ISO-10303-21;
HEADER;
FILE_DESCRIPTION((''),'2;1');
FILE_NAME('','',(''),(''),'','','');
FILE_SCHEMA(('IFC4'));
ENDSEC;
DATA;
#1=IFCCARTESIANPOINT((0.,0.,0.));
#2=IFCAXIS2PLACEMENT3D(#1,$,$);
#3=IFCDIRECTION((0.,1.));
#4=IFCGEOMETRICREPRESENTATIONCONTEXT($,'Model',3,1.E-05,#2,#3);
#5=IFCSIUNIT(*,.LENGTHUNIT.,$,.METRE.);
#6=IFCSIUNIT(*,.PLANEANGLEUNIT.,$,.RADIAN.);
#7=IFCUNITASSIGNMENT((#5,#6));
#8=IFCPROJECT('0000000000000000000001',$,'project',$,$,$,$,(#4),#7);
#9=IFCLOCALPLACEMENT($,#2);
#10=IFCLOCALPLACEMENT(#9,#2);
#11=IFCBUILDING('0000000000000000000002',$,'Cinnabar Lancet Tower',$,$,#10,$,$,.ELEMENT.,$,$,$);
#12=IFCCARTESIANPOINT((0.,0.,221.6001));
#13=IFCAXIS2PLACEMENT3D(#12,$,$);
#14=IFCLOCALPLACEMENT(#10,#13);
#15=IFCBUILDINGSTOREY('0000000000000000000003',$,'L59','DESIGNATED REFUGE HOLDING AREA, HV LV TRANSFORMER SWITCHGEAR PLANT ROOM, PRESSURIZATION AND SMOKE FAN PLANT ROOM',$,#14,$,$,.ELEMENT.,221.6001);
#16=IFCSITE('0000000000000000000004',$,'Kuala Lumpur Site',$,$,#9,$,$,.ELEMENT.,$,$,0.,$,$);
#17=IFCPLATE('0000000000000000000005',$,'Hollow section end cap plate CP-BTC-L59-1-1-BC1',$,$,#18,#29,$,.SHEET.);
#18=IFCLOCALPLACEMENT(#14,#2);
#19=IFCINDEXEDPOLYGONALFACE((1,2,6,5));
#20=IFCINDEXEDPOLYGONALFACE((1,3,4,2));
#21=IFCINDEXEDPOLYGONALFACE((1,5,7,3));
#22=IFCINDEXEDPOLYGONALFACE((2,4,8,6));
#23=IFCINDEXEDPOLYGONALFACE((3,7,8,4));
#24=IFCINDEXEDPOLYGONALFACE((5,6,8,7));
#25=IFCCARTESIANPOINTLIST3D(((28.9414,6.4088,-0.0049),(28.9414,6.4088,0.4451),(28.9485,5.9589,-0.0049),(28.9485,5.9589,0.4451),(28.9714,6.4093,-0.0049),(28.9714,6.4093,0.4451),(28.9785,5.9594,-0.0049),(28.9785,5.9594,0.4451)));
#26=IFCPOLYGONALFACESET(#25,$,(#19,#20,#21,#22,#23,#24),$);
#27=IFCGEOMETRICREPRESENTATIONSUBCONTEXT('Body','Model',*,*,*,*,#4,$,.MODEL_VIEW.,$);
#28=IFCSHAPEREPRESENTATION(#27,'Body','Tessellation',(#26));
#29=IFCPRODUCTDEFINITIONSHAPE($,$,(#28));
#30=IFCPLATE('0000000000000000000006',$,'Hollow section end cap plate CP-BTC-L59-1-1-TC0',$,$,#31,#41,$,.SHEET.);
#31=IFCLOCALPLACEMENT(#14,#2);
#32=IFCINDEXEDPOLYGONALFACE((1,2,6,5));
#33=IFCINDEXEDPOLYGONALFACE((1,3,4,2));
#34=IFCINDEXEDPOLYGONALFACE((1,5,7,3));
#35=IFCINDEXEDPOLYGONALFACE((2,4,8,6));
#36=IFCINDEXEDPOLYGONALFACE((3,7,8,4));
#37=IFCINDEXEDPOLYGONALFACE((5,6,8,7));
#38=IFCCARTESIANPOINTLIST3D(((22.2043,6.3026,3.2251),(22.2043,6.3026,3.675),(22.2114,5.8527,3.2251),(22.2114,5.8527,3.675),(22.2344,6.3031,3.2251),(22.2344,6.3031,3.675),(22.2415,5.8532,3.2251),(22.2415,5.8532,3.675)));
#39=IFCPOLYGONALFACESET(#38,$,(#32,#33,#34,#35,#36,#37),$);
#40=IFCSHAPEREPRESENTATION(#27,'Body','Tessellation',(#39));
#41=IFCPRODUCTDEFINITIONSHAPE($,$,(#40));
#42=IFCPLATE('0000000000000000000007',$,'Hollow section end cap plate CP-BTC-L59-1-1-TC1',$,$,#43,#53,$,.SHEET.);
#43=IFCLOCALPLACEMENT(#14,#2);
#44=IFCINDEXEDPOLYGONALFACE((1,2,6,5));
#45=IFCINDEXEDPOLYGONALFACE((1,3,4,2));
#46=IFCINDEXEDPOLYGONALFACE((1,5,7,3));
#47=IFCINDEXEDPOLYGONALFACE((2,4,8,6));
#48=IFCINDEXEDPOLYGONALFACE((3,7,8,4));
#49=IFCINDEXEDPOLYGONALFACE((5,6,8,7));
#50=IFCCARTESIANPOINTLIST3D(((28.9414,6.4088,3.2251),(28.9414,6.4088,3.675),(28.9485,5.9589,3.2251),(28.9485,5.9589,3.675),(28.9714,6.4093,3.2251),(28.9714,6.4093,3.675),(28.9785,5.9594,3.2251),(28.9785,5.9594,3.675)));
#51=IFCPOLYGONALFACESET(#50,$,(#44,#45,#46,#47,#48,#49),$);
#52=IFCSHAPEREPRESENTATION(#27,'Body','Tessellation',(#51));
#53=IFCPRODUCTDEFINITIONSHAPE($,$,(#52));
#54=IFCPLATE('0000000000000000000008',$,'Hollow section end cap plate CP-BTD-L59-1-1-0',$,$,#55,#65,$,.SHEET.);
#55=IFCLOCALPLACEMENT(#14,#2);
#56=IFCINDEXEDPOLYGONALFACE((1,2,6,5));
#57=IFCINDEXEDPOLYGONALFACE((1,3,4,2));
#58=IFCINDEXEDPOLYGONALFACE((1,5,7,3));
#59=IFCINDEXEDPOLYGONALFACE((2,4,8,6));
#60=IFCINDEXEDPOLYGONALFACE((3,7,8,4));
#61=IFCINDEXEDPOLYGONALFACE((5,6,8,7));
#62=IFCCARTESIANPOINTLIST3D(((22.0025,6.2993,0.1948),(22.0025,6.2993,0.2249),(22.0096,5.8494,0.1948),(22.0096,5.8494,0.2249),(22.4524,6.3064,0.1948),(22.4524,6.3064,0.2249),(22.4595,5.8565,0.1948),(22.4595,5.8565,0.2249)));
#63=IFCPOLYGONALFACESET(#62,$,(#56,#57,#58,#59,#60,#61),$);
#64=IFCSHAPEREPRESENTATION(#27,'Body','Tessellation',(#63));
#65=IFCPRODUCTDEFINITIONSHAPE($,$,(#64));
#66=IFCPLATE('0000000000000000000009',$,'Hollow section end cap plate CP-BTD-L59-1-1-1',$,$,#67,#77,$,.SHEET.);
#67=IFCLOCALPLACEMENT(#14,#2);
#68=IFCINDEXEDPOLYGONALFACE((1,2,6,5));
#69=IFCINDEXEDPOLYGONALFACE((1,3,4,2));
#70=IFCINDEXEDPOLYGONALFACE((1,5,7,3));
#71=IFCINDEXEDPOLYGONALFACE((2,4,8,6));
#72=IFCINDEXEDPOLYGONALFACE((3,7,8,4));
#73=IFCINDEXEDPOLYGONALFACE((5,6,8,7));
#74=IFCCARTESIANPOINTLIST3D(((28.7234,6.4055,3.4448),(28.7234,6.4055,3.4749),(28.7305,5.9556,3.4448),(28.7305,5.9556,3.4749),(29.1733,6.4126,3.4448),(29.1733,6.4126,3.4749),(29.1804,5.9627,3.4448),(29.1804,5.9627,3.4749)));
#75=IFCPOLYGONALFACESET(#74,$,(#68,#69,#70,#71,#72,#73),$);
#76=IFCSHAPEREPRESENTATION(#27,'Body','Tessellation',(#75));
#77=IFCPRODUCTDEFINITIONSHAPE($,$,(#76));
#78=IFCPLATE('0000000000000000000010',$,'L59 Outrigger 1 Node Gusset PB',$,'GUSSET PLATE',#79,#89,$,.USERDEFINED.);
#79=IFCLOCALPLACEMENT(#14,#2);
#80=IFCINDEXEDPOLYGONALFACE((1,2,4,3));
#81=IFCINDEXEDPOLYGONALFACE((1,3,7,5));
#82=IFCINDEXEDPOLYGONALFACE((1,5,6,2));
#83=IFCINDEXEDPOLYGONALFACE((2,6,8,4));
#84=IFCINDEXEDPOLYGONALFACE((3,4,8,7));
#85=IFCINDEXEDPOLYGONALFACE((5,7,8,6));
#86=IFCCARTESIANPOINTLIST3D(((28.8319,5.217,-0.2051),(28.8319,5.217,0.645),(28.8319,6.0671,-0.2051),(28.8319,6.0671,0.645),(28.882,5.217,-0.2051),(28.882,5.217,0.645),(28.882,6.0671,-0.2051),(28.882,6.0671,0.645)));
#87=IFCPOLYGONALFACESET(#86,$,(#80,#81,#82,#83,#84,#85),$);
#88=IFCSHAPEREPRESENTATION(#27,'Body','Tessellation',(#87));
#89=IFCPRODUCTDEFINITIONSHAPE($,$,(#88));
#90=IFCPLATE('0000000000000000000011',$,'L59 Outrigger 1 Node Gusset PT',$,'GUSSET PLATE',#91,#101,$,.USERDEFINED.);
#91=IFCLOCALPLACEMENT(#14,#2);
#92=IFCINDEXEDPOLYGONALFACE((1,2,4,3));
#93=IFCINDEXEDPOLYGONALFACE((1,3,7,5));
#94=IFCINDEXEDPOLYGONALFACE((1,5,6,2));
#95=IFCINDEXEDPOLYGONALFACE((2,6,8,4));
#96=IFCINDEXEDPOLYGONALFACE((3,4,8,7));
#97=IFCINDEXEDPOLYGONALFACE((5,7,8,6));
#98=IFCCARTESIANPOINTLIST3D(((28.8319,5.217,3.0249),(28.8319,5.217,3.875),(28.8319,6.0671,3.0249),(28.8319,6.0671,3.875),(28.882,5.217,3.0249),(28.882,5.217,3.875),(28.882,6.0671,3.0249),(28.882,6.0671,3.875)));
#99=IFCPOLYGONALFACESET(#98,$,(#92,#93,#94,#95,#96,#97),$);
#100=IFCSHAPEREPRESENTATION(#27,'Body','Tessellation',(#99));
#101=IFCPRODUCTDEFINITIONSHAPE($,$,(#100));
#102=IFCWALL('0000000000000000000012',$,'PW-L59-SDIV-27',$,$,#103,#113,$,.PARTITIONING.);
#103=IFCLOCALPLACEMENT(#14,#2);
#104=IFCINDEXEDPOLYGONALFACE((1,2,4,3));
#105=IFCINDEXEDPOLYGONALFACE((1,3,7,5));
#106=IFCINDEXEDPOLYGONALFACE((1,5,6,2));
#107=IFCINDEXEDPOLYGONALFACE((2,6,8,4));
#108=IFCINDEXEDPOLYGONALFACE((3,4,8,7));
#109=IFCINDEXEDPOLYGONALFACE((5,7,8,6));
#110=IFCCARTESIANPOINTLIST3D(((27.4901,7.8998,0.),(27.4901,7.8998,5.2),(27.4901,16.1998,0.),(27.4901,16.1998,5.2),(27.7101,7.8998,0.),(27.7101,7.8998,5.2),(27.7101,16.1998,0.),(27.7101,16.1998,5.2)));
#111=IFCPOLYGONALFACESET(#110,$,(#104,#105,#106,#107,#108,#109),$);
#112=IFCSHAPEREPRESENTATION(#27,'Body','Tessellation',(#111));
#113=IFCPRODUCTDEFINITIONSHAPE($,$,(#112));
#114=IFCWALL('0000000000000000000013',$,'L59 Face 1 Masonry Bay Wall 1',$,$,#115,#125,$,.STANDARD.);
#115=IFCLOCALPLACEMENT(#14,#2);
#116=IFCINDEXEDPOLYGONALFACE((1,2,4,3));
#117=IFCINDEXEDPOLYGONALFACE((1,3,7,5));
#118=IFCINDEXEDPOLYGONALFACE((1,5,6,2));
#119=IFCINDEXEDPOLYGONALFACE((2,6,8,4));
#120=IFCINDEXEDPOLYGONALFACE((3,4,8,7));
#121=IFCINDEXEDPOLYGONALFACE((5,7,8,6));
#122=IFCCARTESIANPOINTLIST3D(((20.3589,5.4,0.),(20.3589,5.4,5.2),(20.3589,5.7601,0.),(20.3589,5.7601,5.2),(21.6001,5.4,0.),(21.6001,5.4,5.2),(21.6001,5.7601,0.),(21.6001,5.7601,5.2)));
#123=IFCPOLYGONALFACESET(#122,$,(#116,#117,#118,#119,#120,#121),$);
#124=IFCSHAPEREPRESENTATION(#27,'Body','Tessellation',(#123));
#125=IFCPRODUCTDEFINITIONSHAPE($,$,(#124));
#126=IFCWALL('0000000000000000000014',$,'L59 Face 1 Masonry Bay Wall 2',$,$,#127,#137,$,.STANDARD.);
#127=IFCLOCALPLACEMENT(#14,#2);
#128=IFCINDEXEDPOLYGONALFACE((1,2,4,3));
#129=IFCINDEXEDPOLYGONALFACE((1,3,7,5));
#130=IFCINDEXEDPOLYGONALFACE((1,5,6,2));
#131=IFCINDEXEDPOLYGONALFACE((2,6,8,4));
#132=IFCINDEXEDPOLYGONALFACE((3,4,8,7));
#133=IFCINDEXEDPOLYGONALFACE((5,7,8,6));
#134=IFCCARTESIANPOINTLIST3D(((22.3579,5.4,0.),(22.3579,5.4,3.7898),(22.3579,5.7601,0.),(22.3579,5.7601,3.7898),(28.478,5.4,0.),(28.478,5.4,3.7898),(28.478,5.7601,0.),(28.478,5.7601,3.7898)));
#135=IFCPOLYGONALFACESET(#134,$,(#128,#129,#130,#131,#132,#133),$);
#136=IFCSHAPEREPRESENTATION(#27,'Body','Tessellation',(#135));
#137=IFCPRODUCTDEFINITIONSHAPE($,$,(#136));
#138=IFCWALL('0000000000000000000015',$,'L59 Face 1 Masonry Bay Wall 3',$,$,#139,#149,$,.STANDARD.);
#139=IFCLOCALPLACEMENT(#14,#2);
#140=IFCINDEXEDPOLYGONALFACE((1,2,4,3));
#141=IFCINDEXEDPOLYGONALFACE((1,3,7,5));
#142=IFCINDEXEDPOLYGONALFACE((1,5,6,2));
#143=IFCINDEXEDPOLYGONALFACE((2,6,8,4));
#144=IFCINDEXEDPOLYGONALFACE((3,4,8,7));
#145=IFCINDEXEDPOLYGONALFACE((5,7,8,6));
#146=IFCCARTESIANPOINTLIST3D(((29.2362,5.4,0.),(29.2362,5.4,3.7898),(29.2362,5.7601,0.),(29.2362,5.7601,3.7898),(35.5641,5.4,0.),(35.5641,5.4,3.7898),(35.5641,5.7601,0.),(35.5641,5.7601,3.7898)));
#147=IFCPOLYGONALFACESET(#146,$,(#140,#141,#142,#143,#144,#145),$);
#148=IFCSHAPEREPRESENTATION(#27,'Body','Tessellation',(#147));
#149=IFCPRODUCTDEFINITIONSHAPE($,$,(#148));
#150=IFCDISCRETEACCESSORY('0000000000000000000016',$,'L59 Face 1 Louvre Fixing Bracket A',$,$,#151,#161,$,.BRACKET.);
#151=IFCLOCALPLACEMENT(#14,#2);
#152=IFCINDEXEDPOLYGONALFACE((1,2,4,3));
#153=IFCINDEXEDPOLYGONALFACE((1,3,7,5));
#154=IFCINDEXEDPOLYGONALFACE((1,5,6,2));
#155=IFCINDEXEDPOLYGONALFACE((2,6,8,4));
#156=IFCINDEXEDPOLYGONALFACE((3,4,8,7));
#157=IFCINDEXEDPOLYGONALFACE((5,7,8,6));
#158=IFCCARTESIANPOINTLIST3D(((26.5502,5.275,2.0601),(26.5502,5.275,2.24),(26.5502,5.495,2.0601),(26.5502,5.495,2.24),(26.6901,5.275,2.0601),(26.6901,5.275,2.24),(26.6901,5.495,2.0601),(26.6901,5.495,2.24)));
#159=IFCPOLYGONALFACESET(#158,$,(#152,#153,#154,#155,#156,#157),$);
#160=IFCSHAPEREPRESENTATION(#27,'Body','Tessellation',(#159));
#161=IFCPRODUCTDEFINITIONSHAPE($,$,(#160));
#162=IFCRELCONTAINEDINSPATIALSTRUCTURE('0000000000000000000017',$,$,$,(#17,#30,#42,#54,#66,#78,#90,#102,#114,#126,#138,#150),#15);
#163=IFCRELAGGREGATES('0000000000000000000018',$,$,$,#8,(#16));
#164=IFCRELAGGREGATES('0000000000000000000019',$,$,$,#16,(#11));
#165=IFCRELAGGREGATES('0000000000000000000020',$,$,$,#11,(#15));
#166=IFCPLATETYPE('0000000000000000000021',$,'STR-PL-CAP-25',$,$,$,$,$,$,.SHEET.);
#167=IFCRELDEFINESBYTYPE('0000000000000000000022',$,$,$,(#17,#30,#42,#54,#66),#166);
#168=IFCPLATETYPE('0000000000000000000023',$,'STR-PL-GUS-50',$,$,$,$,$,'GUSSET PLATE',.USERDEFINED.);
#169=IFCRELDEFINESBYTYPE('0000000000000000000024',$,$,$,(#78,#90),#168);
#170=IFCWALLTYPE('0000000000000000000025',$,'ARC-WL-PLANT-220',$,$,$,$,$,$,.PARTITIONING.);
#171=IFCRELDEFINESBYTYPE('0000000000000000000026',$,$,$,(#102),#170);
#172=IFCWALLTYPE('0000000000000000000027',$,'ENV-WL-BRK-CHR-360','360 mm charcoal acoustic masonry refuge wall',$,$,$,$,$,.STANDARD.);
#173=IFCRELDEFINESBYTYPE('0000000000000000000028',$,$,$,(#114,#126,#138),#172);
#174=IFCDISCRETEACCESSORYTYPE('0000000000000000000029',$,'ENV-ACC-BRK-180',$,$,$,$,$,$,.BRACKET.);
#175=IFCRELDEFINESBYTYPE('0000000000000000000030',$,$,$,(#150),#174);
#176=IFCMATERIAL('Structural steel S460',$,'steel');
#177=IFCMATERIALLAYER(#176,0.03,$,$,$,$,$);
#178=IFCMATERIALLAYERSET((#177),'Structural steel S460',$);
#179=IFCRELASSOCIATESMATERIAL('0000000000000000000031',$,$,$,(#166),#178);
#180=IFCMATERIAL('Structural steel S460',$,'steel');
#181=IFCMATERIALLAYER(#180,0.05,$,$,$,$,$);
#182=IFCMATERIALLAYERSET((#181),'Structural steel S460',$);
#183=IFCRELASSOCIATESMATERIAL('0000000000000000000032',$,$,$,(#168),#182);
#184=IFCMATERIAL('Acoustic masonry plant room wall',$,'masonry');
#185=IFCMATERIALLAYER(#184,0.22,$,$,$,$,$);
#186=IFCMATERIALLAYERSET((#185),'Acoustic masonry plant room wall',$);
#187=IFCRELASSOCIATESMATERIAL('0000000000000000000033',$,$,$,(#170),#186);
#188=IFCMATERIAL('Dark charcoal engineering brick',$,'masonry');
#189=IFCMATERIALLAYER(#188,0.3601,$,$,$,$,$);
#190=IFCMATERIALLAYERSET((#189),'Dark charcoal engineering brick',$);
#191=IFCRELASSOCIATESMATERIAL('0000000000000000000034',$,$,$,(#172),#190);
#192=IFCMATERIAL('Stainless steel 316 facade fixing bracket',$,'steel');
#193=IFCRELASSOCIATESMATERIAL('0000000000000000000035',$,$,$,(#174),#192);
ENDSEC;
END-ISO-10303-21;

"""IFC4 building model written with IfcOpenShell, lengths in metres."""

from ifc_helpers import new_model, si_unit, direction, frame, frame_2d, origin, origin_2d, place, context, subcontext, project, spatial, rectangle, extrude, material, layer, layer_set, type_object, element, save


model = new_model("IFC4")

# Units and contexts
model_context = context("Model", 3, precision=1e-05, world=origin(), true_north=direction((0.0, 1.0)))
body_context = subcontext(model_context, "Body", "Model", "MODEL_VIEW")
ifc_project = project(units=[si_unit("LENGTHUNIT", "METRE"), si_unit("PLANEANGLEUNIT", "RADIAN")], contexts=[model_context])

# Site, building, storey
site_placement = place(None, origin())
site = spatial("IfcSite", under=ifc_project, at=site_placement, Name="Kuala Lumpur Site", CompositionType="ELEMENT", RefElevation=0.0)
building_placement = place(site_placement, origin())
building = spatial("IfcBuilding", under=site, at=building_placement, Name="Cinnabar Lancet Tower", CompositionType="ELEMENT")
storey_placement = place(building_placement, frame((0.0, 0.0, 221.6001)))
storey = spatial("IfcBuildingStorey", under=building, at=storey_placement, Name="L59", Description="DESIGNATED REFUGE HOLDING AREA, HV LV TRANSFORMER SWITCHGEAR PLANT ROOM, PRESSURIZATION AND SMOKE FAN PLANT ROOM", CompositionType="ELEMENT", Elevation=221.6001)

# Plates
ifc_material_1 = material(Name="Structural steel S460", Category="steel")
ifc_layer_1 = layer(ifc_material_1, 0.03)
ifc_layer_set_1 = layer_set([ifc_layer_1], Name="Structural steel S460")
plate_type_1 = type_object("IfcPlateType", Name="STR-PL-CAP-25", PredefinedType="SHEET", material=ifc_layer_set_1)
for number, where, z_axis, x_axis, name in (
    (1, (28.96, 6.1841, -0.0049), (0.0, 0.0, 1.0), (0.999876, 0.015777, 0.0), "Hollow section end cap plate CP-BTC-L59-1-1-BC1"),
    (2, (22.2229, 6.0779, 3.2251), (0.0, 0.0, 1.0), (-0.999876, -0.015777, 0.0), "Hollow section end cap plate CP-BTC-L59-1-1-TC0"),
    (3, (28.96, 6.1841, 3.2251), (0.0, 0.0, 1.0), (0.999876, 0.015777, 0.0), "Hollow section end cap plate CP-BTC-L59-1-1-TC1"),
):
    element("IfcPlate", number, at=place(storey_placement, frame(where, z_axis=z_axis, x_axis=x_axis)), inside=storey, type_object=plate_type_1, Name=name, PredefinedType="SHEET", context=body_context, shape_type="SweptSolid", body=[
        extrude(rectangle(XDim=0.03, YDim=0.45, at=origin_2d()), origin(), (0.0, 0.0, 1.0), 0.45),
    ])
for number, where, z_axis, x_axis, name in (
    (4, (22.231, 6.0779, 0.1948), (0.0, 0.0, 1.0), (-0.999876, -0.015777, 0.0), "Hollow section end cap plate CP-BTD-L59-1-1-0"),
    (5, (28.9519, 6.1841, 3.4448), (0.0, 0.0, 1.0), (0.999876, 0.015777, 0.0), "Hollow section end cap plate CP-BTD-L59-1-1-1"),
):
    element("IfcPlate", number, at=place(storey_placement, frame(where, z_axis=z_axis, x_axis=x_axis)), inside=storey, type_object=plate_type_1, Name=name, PredefinedType="SHEET", context=body_context, shape_type="SweptSolid", body=[
        extrude(rectangle(XDim=0.45, YDim=0.45, at=origin_2d()), origin(), (0.0, 0.0, 1.0), 0.03),
    ])
ifc_material_2 = material(Name="Structural steel S460", Category="steel")
ifc_layer_2 = layer(ifc_material_2, 0.05)
ifc_layer_set_2 = layer_set([ifc_layer_2], Name="Structural steel S460")
plate_type_2 = type_object("IfcPlateType", Name="STR-PL-GUS-50", ElementType="GUSSET PLATE", PredefinedType="USERDEFINED", material=ifc_layer_set_2)
for number, where, z_axis, x_axis, name in (
    (6, (28.8569, 5.6421, -0.2051), (0.0, 0.0, 1.0), (1.0, 0.0, 0.0), "L59 Outrigger 1 Node Gusset PB"),
    (7, (28.8569, 5.6421, 3.0249), (0.0, 0.0, 1.0), (1.0, 0.0, 0.0), "L59 Outrigger 1 Node Gusset PT"),
):
    element("IfcPlate", number, at=place(storey_placement, frame(where, z_axis=z_axis, x_axis=x_axis)), inside=storey, type_object=plate_type_2, Name=name, ObjectType="GUSSET PLATE", PredefinedType="USERDEFINED", context=body_context, shape_type="SweptSolid", body=[
        extrude(rectangle(XDim=0.05, YDim=0.8501, at=origin_2d()), origin(), (0.0, 0.0, 1.0), 0.8501),
    ])

# Walls
ifc_material_3 = material(Name="Acoustic masonry plant room wall", Category="masonry")
ifc_layer_3 = layer(ifc_material_3, 0.22)
ifc_layer_set_3 = layer_set([ifc_layer_3], Name="Acoustic masonry plant room wall")
wall_type_1 = type_object("IfcWallType", Name="ARC-WL-PLANT-220", PredefinedType="PARTITIONING", material=ifc_layer_set_3)
wall_1_placement = place(storey_placement, frame((27.6001, 7.8999, 0.0), z_axis=(0.0, 0.0, 1.0), x_axis=(0.0, 1.0, 0.0)))
element("IfcWall", 8, at=wall_1_placement, inside=storey, type_object=wall_type_1, Name="PW-L59-SDIV-27", PredefinedType="PARTITIONING", context=body_context, shape_type="SweptSolid", body=[
    extrude(rectangle(XDim=8.3, YDim=0.22, at=frame_2d((4.1499, 0.0))), origin(), (0.0, 0.0, 1.0), 5.2),
])
ifc_material_4 = material(Name="Dark charcoal engineering brick", Category="masonry")
ifc_layer_4 = layer(ifc_material_4, 0.3601)
ifc_layer_set_4 = layer_set([ifc_layer_4], Name="Dark charcoal engineering brick")
wall_type_2 = type_object("IfcWallType", Name="ENV-WL-BRK-CHR-360", Description="360 mm charcoal acoustic masonry refuge wall", PredefinedType="STANDARD", material=ifc_layer_set_4)
wall_2_placement = place(storey_placement, frame((20.3589, 5.5801, 0.0), z_axis=(0.0, 0.0, 1.0), x_axis=(1.0, 0.0, 0.0)))
element("IfcWall", 9, at=wall_2_placement, inside=storey, type_object=wall_type_2, Name="L59 Face 1 Masonry Bay Wall 1", PredefinedType="STANDARD", context=body_context, shape_type="SweptSolid", body=[
    extrude(rectangle(XDim=1.2412, YDim=0.3601, at=frame_2d((0.6206, 0.0))), origin(), (0.0, 0.0, 1.0), 5.2),
])
wall_3_placement = place(storey_placement, frame((22.3579, 5.5801, 0.0), z_axis=(0.0, 0.0, 1.0), x_axis=(1.0, 0.0, 0.0)))
element("IfcWall", 10, at=wall_3_placement, inside=storey, type_object=wall_type_2, Name="L59 Face 1 Masonry Bay Wall 2", PredefinedType="STANDARD", context=body_context, shape_type="SweptSolid", body=[
    extrude(rectangle(XDim=6.1201, YDim=0.3601, at=frame_2d((3.0601, 0.0))), origin(), (0.0, 0.0, 1.0), 3.7898),
])
wall_4_placement = place(storey_placement, frame((29.2361, 5.5801, 0.0), z_axis=(0.0, 0.0, 1.0), x_axis=(1.0, 0.0, 0.0)))
element("IfcWall", 11, at=wall_4_placement, inside=storey, type_object=wall_type_2, Name="L59 Face 1 Masonry Bay Wall 3", PredefinedType="STANDARD", context=body_context, shape_type="SweptSolid", body=[
    extrude(rectangle(XDim=6.3279, YDim=0.3601, at=frame_2d((3.1641, 0.0))), origin(), (0.0, 0.0, 1.0), 3.7898),
])

# Discrete accessory
ifc_material_5 = material(Name="Stainless steel 316 facade fixing bracket", Category="steel")
discrete_accessory_type = type_object("IfcDiscreteAccessoryType", Name="ENV-ACC-BRK-180", PredefinedType="BRACKET", material=ifc_material_5)
discrete_accessory_placement = place(storey_placement, frame((26.6201, 5.385, 2.0601), z_axis=(0.0, 0.0, 1.0), x_axis=(1.0, 0.0, 0.0)))
element("IfcDiscreteAccessory", 12, at=discrete_accessory_placement, inside=storey, type_object=discrete_accessory_type, Name="L59 Face 1 Louvre Fixing Bracket A", PredefinedType="BRACKET", context=body_context, shape_type="SweptSolid", body=[
    extrude(rectangle(XDim=0.1399, YDim=0.22, at=origin_2d()), origin(), (0.0, 0.0, 1.0), 0.1799),
])

save(model, "model.ifc")
